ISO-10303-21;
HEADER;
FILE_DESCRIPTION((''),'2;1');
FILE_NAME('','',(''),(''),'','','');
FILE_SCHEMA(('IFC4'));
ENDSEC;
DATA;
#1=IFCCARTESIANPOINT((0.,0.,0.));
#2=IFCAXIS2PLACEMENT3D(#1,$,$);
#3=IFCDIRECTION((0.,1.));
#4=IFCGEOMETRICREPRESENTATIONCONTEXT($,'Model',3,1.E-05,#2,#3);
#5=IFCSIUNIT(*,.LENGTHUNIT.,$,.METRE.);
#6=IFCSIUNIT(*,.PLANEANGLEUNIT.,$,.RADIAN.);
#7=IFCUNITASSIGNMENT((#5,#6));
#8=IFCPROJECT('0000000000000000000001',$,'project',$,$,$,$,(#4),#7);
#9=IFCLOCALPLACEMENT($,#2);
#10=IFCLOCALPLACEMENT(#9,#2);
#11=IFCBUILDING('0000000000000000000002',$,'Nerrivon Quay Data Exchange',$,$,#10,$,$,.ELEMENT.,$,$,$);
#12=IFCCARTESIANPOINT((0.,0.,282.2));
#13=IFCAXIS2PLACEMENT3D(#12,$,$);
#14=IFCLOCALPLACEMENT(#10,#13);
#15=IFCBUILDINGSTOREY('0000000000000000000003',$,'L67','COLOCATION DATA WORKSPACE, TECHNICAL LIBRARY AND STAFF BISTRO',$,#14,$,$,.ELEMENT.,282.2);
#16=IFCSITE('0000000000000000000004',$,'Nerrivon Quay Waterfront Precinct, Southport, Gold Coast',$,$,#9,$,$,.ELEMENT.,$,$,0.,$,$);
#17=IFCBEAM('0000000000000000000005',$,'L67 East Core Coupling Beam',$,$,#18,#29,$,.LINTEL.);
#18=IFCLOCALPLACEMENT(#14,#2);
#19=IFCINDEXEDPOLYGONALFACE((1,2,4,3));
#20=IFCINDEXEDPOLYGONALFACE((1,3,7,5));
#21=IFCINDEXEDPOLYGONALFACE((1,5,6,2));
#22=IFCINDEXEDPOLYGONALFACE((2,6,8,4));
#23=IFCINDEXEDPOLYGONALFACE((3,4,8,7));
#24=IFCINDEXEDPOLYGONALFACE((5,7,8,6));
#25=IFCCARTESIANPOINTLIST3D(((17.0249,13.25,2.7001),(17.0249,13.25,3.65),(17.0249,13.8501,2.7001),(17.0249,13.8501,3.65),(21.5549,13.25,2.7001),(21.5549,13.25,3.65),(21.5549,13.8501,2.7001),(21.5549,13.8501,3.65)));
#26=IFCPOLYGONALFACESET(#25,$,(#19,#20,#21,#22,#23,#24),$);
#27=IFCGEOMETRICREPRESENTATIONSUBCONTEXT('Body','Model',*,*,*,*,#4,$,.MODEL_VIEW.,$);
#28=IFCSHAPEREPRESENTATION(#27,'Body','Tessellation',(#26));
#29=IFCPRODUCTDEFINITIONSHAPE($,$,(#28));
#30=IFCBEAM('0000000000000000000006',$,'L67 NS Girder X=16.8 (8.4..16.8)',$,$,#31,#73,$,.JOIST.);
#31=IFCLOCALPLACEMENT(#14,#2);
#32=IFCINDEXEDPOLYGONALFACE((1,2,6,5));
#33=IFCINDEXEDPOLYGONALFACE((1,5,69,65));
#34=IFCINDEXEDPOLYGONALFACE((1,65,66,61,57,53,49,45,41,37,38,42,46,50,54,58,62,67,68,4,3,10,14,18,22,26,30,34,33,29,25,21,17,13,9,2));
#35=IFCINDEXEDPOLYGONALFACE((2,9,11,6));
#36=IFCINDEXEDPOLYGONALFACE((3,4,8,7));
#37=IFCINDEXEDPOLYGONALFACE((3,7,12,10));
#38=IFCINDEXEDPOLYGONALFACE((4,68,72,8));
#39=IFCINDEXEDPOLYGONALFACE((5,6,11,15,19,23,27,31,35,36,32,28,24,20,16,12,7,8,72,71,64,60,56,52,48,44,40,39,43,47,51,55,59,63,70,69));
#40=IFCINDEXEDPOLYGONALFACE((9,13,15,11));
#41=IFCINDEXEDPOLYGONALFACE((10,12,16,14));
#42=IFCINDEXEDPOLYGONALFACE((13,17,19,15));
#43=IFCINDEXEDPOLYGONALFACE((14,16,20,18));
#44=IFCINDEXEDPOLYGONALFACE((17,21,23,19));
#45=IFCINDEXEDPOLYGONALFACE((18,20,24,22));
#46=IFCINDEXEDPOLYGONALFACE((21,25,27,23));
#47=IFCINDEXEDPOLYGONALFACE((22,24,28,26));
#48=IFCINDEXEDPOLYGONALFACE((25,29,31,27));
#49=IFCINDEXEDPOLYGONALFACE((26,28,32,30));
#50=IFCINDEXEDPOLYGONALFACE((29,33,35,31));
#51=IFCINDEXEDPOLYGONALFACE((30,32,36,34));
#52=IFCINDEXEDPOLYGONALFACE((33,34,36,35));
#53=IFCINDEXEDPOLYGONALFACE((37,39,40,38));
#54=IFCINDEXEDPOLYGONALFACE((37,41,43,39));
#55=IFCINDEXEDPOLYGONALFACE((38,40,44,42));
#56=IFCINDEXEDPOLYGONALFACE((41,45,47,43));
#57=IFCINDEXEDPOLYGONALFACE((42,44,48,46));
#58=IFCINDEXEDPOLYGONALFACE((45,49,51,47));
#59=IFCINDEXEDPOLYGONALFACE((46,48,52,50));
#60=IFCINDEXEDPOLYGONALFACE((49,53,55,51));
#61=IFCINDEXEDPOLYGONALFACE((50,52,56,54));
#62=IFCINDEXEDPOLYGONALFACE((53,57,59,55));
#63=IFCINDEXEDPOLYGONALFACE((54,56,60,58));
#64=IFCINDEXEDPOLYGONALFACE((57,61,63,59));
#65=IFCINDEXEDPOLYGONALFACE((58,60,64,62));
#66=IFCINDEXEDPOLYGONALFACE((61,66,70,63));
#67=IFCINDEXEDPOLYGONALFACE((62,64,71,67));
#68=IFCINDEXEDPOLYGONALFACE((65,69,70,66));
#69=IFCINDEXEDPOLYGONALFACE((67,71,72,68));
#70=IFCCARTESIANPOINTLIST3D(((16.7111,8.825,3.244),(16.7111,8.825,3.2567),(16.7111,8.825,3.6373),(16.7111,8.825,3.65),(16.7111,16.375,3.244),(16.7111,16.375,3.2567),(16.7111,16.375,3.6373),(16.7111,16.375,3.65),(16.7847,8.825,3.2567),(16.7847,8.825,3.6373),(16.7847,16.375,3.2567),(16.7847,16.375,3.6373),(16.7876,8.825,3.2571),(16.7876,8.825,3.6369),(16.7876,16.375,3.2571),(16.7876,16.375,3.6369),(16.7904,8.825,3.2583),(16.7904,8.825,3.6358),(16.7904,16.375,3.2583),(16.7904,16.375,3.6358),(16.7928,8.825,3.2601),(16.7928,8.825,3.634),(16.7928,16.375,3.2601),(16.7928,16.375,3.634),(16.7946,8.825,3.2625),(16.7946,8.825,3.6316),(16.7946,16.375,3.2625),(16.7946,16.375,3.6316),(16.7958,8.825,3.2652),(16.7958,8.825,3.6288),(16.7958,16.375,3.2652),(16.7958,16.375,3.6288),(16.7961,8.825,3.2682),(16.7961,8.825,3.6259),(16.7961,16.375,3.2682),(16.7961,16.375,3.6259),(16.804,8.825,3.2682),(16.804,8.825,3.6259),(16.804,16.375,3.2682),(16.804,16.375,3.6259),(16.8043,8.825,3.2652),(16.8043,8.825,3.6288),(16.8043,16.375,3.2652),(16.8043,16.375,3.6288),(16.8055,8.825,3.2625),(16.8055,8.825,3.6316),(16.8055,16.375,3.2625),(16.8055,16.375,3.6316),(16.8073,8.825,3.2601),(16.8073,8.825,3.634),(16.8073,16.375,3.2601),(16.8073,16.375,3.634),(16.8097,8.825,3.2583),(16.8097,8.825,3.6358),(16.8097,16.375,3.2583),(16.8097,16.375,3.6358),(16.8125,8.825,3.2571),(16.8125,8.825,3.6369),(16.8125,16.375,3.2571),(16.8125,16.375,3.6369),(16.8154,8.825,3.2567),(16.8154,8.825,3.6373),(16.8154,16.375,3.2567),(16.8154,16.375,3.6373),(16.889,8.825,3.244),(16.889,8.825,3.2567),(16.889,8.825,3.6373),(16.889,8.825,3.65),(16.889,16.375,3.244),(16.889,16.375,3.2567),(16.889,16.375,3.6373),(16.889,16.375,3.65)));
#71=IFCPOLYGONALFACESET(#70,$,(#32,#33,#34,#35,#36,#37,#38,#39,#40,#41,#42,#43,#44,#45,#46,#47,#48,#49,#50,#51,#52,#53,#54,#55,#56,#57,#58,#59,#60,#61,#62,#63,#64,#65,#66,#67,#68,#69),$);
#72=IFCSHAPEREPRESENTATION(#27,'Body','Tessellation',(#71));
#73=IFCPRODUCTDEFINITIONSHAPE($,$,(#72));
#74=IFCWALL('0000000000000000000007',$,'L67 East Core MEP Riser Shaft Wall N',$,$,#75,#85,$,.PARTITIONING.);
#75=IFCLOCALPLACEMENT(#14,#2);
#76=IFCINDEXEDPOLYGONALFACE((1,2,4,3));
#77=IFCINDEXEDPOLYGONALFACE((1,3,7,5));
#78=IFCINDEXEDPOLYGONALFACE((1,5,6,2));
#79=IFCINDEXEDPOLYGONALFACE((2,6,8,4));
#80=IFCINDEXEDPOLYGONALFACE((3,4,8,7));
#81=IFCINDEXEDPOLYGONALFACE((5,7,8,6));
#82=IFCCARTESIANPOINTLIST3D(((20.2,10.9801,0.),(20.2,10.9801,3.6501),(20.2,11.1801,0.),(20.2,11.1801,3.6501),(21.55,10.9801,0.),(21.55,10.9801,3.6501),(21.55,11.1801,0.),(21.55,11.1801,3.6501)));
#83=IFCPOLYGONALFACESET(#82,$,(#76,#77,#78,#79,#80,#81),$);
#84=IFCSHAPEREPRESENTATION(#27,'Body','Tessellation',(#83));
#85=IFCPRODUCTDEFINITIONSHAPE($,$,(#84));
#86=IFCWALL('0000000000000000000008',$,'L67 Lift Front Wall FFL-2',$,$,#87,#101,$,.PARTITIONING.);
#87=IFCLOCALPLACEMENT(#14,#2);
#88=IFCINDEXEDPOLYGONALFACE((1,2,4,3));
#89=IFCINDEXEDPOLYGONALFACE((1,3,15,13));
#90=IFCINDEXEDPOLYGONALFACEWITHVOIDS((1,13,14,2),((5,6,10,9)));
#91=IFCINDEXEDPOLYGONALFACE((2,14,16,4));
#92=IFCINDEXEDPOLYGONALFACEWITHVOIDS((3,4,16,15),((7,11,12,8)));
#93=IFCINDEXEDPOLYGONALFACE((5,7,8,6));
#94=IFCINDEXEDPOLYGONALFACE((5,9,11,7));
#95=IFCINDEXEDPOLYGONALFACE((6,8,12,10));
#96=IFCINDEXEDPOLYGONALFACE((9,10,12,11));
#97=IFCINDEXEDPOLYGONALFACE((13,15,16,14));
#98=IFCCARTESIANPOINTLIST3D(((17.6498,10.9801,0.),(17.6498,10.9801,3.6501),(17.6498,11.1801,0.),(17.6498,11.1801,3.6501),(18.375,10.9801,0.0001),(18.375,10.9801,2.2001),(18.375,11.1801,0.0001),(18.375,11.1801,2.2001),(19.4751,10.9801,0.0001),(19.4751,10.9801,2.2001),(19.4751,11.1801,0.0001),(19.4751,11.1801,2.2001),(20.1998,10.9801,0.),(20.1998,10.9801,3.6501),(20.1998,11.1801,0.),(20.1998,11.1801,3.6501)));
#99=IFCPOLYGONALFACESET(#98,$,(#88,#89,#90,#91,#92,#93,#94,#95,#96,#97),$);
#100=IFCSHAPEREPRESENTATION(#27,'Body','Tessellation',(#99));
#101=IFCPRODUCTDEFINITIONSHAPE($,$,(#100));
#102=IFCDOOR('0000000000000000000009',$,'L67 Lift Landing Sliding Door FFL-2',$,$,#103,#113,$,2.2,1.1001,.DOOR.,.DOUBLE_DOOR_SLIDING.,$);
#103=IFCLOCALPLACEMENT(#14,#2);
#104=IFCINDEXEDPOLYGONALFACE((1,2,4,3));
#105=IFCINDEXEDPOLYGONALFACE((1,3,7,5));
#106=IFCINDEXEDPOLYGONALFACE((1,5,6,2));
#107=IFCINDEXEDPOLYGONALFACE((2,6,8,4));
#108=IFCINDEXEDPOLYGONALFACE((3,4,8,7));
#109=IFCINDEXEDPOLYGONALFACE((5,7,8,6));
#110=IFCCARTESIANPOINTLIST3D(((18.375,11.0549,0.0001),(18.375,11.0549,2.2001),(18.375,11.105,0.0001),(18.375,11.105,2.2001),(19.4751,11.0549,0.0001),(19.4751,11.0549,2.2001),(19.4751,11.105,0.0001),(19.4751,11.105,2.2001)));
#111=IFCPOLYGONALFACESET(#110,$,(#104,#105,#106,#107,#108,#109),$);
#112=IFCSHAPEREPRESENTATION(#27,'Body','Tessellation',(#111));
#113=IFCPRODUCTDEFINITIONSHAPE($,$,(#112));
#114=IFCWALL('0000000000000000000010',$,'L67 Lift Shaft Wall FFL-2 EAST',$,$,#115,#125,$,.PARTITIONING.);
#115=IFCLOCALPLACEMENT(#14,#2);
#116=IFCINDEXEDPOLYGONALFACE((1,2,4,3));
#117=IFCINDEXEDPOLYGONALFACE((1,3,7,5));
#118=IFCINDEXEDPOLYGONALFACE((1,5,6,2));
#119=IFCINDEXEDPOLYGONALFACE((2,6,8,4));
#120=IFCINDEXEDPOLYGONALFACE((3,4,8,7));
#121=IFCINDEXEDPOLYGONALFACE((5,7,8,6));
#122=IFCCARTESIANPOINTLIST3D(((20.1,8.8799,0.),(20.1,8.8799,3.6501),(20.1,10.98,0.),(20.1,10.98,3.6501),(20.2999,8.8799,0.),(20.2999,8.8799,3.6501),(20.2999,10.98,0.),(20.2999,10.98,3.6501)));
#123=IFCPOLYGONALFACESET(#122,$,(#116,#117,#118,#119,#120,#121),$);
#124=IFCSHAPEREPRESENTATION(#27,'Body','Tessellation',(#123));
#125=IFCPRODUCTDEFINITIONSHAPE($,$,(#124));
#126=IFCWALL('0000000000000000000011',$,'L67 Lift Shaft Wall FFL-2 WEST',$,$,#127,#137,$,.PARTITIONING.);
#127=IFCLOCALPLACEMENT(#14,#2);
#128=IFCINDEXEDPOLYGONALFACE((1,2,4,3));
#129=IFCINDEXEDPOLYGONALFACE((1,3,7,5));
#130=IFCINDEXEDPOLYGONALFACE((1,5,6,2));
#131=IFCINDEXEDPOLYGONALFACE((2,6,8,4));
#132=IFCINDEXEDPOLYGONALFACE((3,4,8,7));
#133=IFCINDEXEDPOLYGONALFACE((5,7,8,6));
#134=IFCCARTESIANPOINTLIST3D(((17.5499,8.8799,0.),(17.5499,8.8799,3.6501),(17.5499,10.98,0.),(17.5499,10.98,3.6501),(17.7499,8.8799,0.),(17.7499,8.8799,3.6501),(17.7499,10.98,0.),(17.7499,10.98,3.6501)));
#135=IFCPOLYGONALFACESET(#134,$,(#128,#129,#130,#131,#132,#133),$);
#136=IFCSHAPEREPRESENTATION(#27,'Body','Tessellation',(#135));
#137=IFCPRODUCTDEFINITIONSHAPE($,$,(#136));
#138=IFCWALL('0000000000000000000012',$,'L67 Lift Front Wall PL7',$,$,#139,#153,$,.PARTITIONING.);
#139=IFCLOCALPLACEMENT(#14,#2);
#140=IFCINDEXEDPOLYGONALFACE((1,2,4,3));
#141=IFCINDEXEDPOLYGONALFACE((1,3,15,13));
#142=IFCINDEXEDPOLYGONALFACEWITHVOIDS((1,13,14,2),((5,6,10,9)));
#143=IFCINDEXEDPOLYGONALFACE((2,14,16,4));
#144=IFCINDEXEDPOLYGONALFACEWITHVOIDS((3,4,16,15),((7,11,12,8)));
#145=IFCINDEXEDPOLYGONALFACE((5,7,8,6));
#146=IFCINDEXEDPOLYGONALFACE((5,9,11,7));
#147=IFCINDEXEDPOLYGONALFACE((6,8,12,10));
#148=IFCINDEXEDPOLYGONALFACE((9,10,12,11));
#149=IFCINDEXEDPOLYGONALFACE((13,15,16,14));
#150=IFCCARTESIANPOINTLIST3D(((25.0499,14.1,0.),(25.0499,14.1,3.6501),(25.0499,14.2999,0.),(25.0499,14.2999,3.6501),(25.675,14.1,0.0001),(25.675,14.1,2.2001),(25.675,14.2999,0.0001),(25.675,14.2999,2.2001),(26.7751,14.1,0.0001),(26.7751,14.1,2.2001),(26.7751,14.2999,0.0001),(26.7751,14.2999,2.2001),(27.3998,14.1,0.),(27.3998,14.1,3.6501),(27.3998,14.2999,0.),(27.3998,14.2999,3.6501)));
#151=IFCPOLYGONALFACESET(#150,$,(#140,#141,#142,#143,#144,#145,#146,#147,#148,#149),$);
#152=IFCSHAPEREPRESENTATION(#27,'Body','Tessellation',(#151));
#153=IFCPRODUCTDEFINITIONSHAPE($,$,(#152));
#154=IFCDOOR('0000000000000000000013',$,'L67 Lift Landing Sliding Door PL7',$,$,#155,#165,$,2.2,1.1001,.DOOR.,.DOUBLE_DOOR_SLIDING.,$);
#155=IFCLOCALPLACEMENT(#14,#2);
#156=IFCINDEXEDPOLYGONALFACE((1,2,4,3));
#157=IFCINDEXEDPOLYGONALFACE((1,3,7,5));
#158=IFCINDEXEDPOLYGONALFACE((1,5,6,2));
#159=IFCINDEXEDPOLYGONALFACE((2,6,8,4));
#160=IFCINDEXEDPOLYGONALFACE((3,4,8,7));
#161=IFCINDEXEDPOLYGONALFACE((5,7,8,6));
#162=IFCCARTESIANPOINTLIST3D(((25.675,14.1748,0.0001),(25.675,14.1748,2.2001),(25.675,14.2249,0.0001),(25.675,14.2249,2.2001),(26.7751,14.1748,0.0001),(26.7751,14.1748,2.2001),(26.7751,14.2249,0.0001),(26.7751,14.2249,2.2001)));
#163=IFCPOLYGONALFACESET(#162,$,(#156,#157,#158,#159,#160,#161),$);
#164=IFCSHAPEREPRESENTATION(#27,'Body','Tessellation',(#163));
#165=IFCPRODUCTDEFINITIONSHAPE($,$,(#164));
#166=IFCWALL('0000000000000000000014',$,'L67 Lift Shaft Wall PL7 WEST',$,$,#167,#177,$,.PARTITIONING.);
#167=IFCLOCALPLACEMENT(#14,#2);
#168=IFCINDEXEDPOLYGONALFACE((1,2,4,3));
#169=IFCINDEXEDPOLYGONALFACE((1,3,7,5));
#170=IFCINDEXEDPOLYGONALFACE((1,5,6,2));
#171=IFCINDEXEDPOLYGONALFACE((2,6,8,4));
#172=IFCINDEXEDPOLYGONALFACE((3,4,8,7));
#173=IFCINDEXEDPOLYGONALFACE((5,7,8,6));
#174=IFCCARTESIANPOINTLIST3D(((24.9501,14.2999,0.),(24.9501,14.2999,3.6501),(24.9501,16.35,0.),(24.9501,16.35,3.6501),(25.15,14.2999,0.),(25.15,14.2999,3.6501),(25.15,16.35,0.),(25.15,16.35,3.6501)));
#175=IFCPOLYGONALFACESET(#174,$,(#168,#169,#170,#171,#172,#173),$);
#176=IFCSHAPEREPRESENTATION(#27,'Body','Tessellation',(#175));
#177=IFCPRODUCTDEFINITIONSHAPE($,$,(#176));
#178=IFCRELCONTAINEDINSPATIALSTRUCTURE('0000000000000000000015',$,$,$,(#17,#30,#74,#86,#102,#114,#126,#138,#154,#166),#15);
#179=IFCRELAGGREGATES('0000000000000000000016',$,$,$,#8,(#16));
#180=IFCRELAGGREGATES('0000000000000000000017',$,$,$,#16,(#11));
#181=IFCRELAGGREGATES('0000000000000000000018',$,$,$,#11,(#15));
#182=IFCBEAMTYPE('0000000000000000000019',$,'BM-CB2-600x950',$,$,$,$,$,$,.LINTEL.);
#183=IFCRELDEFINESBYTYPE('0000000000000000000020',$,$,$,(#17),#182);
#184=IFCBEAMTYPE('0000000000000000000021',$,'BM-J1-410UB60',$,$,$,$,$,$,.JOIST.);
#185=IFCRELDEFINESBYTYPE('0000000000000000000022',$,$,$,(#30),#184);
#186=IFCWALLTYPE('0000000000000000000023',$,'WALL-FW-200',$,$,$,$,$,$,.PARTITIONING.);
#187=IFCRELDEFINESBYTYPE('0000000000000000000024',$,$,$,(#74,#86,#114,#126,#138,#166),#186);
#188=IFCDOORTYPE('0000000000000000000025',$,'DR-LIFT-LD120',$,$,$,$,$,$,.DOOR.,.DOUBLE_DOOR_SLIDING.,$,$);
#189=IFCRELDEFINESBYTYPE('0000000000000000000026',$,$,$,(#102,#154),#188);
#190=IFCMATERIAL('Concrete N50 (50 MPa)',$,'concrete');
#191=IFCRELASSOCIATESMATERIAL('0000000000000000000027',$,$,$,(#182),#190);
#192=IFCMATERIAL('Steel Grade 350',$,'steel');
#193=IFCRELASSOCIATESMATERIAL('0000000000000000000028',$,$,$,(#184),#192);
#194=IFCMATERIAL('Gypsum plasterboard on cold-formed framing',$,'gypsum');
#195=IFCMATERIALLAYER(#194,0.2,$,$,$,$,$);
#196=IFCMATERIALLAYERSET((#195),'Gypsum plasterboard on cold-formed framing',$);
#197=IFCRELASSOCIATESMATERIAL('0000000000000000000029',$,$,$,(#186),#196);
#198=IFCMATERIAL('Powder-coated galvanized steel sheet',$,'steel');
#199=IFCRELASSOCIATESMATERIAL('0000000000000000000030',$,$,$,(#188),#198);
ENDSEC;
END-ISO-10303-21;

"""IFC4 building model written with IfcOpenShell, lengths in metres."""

from ifc_helpers import new_model, si_unit, direction, frame, frame_2d, origin, origin_2d, place, context, subcontext, project, spatial, rectangle, i_section, extrude, material, layer, layer_set, material_profile, profile_set, type_object, element, fill, save


model = new_model("IFC4")

# Units and contexts
model_context = context("Model", 3, precision=1e-05, world=origin(), true_north=direction((0.0, 1.0)))
body_context = subcontext(model_context, "Body", "Model", "MODEL_VIEW")
ifc_project = project(units=[si_unit("LENGTHUNIT", "METRE"), si_unit("PLANEANGLEUNIT", "RADIAN")], contexts=[model_context])

# Site, building, storey
site_placement = place(None, origin())
site = spatial("IfcSite", under=ifc_project, at=site_placement, Name="Nerrivon Quay Waterfront Precinct, Southport, Gold Coast", CompositionType="ELEMENT", RefElevation=0.0)
building_placement = place(site_placement, origin())
building = spatial("IfcBuilding", under=site, at=building_placement, Name="Nerrivon Quay Data Exchange", CompositionType="ELEMENT")
storey_placement = place(building_placement, frame((0.0, 0.0, 282.2)))
storey = spatial("IfcBuildingStorey", under=building, at=storey_placement, Name="L67", Description="COLOCATION DATA WORKSPACE, TECHNICAL LIBRARY AND STAFF BISTRO", CompositionType="ELEMENT", Elevation=282.2)

# Beams
ifc_material_1 = material(Name="Concrete N50 (50 MPa)", Category="concrete")
ifc_material_profile_1 = material_profile(ifc_material_1, rectangle(XDim=0.6001, YDim=0.95, at=origin_2d()), Name="RC-CB-600x950")
ifc_profile_set_1 = profile_set([ifc_material_profile_1], Name="Concrete N50 (50 MPa)")
beam_type_1 = type_object("IfcBeamType", Name="BM-CB2-600x950", PredefinedType="LINTEL", material=ifc_profile_set_1)
beam_1_placement = place(storey_placement, frame((17.0249, 13.55, 3.175), z_axis=(1.0, 0.0, 0.0), x_axis=(0.0, 1.0, 0.0)))
element("IfcBeam", 1, at=beam_1_placement, inside=storey, type_object=beam_type_1, Name="L67 East Core Coupling Beam", PredefinedType="LINTEL", context=body_context, shape_type="SweptSolid", body=[
    extrude(rectangle(XDim=0.6001, YDim=0.95, at=origin_2d()), origin(), (0.0, 0.0, 1.0), 4.53),
])
ifc_material_2 = material(Name="Steel Grade 350", Category="steel")
ifc_material_profile_2 = material_profile(ifc_material_2, i_section(OverallWidth=0.178, OverallDepth=0.406, WebThickness=0.0078, FlangeThickness=0.0127, FilletRadius=0.0115, at=origin_2d()), Name="410UB59.7")
ifc_profile_set_2 = profile_set([ifc_material_profile_2], Name="Steel Grade 350")
beam_type_2 = type_object("IfcBeamType", Name="BM-J1-410UB60", PredefinedType="JOIST", material=ifc_profile_set_2)
beam_2_placement = place(storey_placement, frame((16.8, 8.825, 3.447), z_axis=(0.0, 1.0, 0.0), x_axis=(-1.0, 0.0, 0.0)))
element("IfcBeam", 2, at=beam_2_placement, inside=storey, type_object=beam_type_2, Name="L67 NS Girder X=16.8 (8.4..16.8)", PredefinedType="JOIST", context=body_context, shape_type="SweptSolid", body=[
    extrude(i_section(OverallWidth=0.178, OverallDepth=0.406, WebThickness=0.0078, FlangeThickness=0.0127, FilletRadius=0.0115, at=origin_2d()), origin(), (0.0, 0.0, 1.0), 7.55),
])

# Shared definitions
ifc_material_3 = material(Name="Powder-coated galvanized steel sheet", Category="steel")

# Wall
ifc_material_4 = material(Name="Gypsum plasterboard on cold-formed framing", Category="gypsum")
ifc_layer_1 = layer(ifc_material_4, 0.2)
ifc_layer_set_1 = layer_set([ifc_layer_1], Name="Gypsum plasterboard on cold-formed framing")
wall_type_1 = type_object("IfcWallType", Name="WALL-FW-200", PredefinedType="PARTITIONING", material=ifc_layer_set_1)
wall_1_placement = place(storey_placement, frame((20.2, 11.0801, 0.0), z_axis=(0.0, 0.0, 1.0), x_axis=(1.0, 0.0, 0.0)))
element("IfcWall", 3, at=wall_1_placement, inside=storey, type_object=wall_type_1, Name="L67 East Core MEP Riser Shaft Wall N", PredefinedType="PARTITIONING", context=body_context, shape_type="SweptSolid", body=[
    extrude(rectangle(XDim=1.3501, YDim=0.2, at=frame_2d((0.675, 0.0))), origin(), (0.0, 0.0, 1.0), 3.6501),
])

# Wall, opening, door
wall_2_placement = place(storey_placement, frame((17.6499, 11.0801, 0.0), z_axis=(0.0, 0.0, 1.0), x_axis=(1.0, 0.0, 0.0)))
wall_2 = element("IfcWall", 4, at=wall_2_placement, inside=storey, type_object=wall_type_1, Name="L67 Lift Front Wall FFL-2", PredefinedType="PARTITIONING", context=body_context, shape_type="SweptSolid", body=[
    extrude(rectangle(XDim=2.55, YDim=0.2, at=frame_2d((1.2749, 0.0))), origin(), (0.0, 0.0, 1.0), 3.6501),
])
opening_1_placement = place(wall_2_placement, frame((0.7251, 0.0, 0.0)))
opening_1 = element("IfcOpeningElement", 5, at=opening_1_placement, cuts=wall_2, PredefinedType="OPENING", context=body_context, shape_type="SweptSolid", body=[
    extrude(rectangle(XDim=1.1001, YDim=2.2, at=frame_2d((0.55, 1.1001))), frame((0.0, 0.1099, 0.0), z_axis=(0.0, -1.0, 0.0), x_axis=(1.0, 0.0, 0.0)), (0.0, 0.0, 1.0), 0.22),
])
door_type_1 = type_object("IfcDoorType", Name="DR-LIFT-LD120", OperationType="DOUBLE_DOOR_SLIDING", PredefinedType="DOOR", material=ifc_material_3)
door_1_placement = place(opening_1_placement, origin())
door_1 = element("IfcDoor", 6, at=door_1_placement, inside=storey, type_object=door_type_1, Name="L67 Lift Landing Sliding Door FFL-2", OperationType="DOUBLE_DOOR_SLIDING", OverallHeight=2.2, OverallWidth=1.1001, PredefinedType="DOOR", context=body_context, shape_type="SweptSolid", body=[
    extrude(rectangle(XDim=1.1001, YDim=2.2, at=frame_2d((0.55, 1.1001))), frame((0.0, 0.0249, 0.0), z_axis=(0.0, -1.0, 0.0), x_axis=(1.0, 0.0, 0.0)), (0.0, 0.0, 1.0), 0.05),
])
fill(opening_1, door_1)

# Walls
for number, where, z_axis, x_axis, name in (
    (7, (20.2, 8.8799, 0.0), (0.0, 0.0, 1.0), (0.0, 1.0, 0.0), "L67 Lift Shaft Wall FFL-2 EAST"),
    (8, (17.6499, 8.8799, 0.0), (0.0, 0.0, 1.0), (0.0, 1.0, 0.0), "L67 Lift Shaft Wall FFL-2 WEST"),
):
    element("IfcWall", number, at=place(storey_placement, frame(where, z_axis=z_axis, x_axis=x_axis)), inside=storey, type_object=wall_type_1, Name=name, PredefinedType="PARTITIONING", context=body_context, shape_type="SweptSolid", body=[
        extrude(rectangle(XDim=2.1001, YDim=0.2, at=frame_2d((1.05, 0.0))), origin(), (0.0, 0.0, 1.0), 3.6501),
    ])

# Wall, opening, door
wall_3_placement = place(storey_placement, frame((25.05, 14.2, 0.0), z_axis=(0.0, 0.0, 1.0), x_axis=(1.0, 0.0, 0.0)))
wall_3 = element("IfcWall", 9, at=wall_3_placement, inside=storey, type_object=wall_type_1, Name="L67 Lift Front Wall PL7", PredefinedType="PARTITIONING", context=body_context, shape_type="SweptSolid", body=[
    extrude(rectangle(XDim=2.3499, YDim=0.2, at=frame_2d((1.1748, 0.0))), origin(), (0.0, 0.0, 1.0), 3.6501),
])
opening_2_placement = place(wall_3_placement, frame((0.625, 0.0, 0.0)))
opening_2 = element("IfcOpeningElement", 10, at=opening_2_placement, cuts=wall_3, PredefinedType="OPENING", context=body_context, shape_type="SweptSolid", body=[
    extrude(rectangle(XDim=1.1001, YDim=2.2, at=frame_2d((0.55, 1.1001))), frame((0.0, 0.1099, 0.0), z_axis=(0.0, -1.0, 0.0), x_axis=(1.0, 0.0, 0.0)), (0.0, 0.0, 1.0), 0.22),
])
door_2_placement = place(opening_2_placement, origin())
door_2 = element("IfcDoor", 11, at=door_2_placement, inside=storey, type_object=door_type_1, Name="L67 Lift Landing Sliding Door PL7", OperationType="DOUBLE_DOOR_SLIDING", OverallHeight=2.2, OverallWidth=1.1001, PredefinedType="DOOR", context=body_context, shape_type="SweptSolid", body=[
    extrude(rectangle(XDim=1.1001, YDim=2.2, at=frame_2d((0.55, 1.1001))), frame((0.0, 0.0249, 0.0), z_axis=(0.0, -1.0, 0.0), x_axis=(1.0, 0.0, 0.0)), (0.0, 0.0, 1.0), 0.05),
])
fill(opening_2, door_2)

# Wall
wall_4_placement = place(storey_placement, frame((25.05, 14.3, 0.0), z_axis=(0.0, 0.0, 1.0), x_axis=(0.0, 1.0, 0.0)))
element("IfcWall", 12, at=wall_4_placement, inside=storey, type_object=wall_type_1, Name="L67 Lift Shaft Wall PL7 WEST", PredefinedType="PARTITIONING", context=body_context, shape_type="SweptSolid", body=[
    extrude(rectangle(XDim=2.05, YDim=0.2, at=frame_2d((1.0249, 0.0))), origin(), (0.0, 0.0, 1.0), 3.6501),
])

save(model, "model.ifc")
